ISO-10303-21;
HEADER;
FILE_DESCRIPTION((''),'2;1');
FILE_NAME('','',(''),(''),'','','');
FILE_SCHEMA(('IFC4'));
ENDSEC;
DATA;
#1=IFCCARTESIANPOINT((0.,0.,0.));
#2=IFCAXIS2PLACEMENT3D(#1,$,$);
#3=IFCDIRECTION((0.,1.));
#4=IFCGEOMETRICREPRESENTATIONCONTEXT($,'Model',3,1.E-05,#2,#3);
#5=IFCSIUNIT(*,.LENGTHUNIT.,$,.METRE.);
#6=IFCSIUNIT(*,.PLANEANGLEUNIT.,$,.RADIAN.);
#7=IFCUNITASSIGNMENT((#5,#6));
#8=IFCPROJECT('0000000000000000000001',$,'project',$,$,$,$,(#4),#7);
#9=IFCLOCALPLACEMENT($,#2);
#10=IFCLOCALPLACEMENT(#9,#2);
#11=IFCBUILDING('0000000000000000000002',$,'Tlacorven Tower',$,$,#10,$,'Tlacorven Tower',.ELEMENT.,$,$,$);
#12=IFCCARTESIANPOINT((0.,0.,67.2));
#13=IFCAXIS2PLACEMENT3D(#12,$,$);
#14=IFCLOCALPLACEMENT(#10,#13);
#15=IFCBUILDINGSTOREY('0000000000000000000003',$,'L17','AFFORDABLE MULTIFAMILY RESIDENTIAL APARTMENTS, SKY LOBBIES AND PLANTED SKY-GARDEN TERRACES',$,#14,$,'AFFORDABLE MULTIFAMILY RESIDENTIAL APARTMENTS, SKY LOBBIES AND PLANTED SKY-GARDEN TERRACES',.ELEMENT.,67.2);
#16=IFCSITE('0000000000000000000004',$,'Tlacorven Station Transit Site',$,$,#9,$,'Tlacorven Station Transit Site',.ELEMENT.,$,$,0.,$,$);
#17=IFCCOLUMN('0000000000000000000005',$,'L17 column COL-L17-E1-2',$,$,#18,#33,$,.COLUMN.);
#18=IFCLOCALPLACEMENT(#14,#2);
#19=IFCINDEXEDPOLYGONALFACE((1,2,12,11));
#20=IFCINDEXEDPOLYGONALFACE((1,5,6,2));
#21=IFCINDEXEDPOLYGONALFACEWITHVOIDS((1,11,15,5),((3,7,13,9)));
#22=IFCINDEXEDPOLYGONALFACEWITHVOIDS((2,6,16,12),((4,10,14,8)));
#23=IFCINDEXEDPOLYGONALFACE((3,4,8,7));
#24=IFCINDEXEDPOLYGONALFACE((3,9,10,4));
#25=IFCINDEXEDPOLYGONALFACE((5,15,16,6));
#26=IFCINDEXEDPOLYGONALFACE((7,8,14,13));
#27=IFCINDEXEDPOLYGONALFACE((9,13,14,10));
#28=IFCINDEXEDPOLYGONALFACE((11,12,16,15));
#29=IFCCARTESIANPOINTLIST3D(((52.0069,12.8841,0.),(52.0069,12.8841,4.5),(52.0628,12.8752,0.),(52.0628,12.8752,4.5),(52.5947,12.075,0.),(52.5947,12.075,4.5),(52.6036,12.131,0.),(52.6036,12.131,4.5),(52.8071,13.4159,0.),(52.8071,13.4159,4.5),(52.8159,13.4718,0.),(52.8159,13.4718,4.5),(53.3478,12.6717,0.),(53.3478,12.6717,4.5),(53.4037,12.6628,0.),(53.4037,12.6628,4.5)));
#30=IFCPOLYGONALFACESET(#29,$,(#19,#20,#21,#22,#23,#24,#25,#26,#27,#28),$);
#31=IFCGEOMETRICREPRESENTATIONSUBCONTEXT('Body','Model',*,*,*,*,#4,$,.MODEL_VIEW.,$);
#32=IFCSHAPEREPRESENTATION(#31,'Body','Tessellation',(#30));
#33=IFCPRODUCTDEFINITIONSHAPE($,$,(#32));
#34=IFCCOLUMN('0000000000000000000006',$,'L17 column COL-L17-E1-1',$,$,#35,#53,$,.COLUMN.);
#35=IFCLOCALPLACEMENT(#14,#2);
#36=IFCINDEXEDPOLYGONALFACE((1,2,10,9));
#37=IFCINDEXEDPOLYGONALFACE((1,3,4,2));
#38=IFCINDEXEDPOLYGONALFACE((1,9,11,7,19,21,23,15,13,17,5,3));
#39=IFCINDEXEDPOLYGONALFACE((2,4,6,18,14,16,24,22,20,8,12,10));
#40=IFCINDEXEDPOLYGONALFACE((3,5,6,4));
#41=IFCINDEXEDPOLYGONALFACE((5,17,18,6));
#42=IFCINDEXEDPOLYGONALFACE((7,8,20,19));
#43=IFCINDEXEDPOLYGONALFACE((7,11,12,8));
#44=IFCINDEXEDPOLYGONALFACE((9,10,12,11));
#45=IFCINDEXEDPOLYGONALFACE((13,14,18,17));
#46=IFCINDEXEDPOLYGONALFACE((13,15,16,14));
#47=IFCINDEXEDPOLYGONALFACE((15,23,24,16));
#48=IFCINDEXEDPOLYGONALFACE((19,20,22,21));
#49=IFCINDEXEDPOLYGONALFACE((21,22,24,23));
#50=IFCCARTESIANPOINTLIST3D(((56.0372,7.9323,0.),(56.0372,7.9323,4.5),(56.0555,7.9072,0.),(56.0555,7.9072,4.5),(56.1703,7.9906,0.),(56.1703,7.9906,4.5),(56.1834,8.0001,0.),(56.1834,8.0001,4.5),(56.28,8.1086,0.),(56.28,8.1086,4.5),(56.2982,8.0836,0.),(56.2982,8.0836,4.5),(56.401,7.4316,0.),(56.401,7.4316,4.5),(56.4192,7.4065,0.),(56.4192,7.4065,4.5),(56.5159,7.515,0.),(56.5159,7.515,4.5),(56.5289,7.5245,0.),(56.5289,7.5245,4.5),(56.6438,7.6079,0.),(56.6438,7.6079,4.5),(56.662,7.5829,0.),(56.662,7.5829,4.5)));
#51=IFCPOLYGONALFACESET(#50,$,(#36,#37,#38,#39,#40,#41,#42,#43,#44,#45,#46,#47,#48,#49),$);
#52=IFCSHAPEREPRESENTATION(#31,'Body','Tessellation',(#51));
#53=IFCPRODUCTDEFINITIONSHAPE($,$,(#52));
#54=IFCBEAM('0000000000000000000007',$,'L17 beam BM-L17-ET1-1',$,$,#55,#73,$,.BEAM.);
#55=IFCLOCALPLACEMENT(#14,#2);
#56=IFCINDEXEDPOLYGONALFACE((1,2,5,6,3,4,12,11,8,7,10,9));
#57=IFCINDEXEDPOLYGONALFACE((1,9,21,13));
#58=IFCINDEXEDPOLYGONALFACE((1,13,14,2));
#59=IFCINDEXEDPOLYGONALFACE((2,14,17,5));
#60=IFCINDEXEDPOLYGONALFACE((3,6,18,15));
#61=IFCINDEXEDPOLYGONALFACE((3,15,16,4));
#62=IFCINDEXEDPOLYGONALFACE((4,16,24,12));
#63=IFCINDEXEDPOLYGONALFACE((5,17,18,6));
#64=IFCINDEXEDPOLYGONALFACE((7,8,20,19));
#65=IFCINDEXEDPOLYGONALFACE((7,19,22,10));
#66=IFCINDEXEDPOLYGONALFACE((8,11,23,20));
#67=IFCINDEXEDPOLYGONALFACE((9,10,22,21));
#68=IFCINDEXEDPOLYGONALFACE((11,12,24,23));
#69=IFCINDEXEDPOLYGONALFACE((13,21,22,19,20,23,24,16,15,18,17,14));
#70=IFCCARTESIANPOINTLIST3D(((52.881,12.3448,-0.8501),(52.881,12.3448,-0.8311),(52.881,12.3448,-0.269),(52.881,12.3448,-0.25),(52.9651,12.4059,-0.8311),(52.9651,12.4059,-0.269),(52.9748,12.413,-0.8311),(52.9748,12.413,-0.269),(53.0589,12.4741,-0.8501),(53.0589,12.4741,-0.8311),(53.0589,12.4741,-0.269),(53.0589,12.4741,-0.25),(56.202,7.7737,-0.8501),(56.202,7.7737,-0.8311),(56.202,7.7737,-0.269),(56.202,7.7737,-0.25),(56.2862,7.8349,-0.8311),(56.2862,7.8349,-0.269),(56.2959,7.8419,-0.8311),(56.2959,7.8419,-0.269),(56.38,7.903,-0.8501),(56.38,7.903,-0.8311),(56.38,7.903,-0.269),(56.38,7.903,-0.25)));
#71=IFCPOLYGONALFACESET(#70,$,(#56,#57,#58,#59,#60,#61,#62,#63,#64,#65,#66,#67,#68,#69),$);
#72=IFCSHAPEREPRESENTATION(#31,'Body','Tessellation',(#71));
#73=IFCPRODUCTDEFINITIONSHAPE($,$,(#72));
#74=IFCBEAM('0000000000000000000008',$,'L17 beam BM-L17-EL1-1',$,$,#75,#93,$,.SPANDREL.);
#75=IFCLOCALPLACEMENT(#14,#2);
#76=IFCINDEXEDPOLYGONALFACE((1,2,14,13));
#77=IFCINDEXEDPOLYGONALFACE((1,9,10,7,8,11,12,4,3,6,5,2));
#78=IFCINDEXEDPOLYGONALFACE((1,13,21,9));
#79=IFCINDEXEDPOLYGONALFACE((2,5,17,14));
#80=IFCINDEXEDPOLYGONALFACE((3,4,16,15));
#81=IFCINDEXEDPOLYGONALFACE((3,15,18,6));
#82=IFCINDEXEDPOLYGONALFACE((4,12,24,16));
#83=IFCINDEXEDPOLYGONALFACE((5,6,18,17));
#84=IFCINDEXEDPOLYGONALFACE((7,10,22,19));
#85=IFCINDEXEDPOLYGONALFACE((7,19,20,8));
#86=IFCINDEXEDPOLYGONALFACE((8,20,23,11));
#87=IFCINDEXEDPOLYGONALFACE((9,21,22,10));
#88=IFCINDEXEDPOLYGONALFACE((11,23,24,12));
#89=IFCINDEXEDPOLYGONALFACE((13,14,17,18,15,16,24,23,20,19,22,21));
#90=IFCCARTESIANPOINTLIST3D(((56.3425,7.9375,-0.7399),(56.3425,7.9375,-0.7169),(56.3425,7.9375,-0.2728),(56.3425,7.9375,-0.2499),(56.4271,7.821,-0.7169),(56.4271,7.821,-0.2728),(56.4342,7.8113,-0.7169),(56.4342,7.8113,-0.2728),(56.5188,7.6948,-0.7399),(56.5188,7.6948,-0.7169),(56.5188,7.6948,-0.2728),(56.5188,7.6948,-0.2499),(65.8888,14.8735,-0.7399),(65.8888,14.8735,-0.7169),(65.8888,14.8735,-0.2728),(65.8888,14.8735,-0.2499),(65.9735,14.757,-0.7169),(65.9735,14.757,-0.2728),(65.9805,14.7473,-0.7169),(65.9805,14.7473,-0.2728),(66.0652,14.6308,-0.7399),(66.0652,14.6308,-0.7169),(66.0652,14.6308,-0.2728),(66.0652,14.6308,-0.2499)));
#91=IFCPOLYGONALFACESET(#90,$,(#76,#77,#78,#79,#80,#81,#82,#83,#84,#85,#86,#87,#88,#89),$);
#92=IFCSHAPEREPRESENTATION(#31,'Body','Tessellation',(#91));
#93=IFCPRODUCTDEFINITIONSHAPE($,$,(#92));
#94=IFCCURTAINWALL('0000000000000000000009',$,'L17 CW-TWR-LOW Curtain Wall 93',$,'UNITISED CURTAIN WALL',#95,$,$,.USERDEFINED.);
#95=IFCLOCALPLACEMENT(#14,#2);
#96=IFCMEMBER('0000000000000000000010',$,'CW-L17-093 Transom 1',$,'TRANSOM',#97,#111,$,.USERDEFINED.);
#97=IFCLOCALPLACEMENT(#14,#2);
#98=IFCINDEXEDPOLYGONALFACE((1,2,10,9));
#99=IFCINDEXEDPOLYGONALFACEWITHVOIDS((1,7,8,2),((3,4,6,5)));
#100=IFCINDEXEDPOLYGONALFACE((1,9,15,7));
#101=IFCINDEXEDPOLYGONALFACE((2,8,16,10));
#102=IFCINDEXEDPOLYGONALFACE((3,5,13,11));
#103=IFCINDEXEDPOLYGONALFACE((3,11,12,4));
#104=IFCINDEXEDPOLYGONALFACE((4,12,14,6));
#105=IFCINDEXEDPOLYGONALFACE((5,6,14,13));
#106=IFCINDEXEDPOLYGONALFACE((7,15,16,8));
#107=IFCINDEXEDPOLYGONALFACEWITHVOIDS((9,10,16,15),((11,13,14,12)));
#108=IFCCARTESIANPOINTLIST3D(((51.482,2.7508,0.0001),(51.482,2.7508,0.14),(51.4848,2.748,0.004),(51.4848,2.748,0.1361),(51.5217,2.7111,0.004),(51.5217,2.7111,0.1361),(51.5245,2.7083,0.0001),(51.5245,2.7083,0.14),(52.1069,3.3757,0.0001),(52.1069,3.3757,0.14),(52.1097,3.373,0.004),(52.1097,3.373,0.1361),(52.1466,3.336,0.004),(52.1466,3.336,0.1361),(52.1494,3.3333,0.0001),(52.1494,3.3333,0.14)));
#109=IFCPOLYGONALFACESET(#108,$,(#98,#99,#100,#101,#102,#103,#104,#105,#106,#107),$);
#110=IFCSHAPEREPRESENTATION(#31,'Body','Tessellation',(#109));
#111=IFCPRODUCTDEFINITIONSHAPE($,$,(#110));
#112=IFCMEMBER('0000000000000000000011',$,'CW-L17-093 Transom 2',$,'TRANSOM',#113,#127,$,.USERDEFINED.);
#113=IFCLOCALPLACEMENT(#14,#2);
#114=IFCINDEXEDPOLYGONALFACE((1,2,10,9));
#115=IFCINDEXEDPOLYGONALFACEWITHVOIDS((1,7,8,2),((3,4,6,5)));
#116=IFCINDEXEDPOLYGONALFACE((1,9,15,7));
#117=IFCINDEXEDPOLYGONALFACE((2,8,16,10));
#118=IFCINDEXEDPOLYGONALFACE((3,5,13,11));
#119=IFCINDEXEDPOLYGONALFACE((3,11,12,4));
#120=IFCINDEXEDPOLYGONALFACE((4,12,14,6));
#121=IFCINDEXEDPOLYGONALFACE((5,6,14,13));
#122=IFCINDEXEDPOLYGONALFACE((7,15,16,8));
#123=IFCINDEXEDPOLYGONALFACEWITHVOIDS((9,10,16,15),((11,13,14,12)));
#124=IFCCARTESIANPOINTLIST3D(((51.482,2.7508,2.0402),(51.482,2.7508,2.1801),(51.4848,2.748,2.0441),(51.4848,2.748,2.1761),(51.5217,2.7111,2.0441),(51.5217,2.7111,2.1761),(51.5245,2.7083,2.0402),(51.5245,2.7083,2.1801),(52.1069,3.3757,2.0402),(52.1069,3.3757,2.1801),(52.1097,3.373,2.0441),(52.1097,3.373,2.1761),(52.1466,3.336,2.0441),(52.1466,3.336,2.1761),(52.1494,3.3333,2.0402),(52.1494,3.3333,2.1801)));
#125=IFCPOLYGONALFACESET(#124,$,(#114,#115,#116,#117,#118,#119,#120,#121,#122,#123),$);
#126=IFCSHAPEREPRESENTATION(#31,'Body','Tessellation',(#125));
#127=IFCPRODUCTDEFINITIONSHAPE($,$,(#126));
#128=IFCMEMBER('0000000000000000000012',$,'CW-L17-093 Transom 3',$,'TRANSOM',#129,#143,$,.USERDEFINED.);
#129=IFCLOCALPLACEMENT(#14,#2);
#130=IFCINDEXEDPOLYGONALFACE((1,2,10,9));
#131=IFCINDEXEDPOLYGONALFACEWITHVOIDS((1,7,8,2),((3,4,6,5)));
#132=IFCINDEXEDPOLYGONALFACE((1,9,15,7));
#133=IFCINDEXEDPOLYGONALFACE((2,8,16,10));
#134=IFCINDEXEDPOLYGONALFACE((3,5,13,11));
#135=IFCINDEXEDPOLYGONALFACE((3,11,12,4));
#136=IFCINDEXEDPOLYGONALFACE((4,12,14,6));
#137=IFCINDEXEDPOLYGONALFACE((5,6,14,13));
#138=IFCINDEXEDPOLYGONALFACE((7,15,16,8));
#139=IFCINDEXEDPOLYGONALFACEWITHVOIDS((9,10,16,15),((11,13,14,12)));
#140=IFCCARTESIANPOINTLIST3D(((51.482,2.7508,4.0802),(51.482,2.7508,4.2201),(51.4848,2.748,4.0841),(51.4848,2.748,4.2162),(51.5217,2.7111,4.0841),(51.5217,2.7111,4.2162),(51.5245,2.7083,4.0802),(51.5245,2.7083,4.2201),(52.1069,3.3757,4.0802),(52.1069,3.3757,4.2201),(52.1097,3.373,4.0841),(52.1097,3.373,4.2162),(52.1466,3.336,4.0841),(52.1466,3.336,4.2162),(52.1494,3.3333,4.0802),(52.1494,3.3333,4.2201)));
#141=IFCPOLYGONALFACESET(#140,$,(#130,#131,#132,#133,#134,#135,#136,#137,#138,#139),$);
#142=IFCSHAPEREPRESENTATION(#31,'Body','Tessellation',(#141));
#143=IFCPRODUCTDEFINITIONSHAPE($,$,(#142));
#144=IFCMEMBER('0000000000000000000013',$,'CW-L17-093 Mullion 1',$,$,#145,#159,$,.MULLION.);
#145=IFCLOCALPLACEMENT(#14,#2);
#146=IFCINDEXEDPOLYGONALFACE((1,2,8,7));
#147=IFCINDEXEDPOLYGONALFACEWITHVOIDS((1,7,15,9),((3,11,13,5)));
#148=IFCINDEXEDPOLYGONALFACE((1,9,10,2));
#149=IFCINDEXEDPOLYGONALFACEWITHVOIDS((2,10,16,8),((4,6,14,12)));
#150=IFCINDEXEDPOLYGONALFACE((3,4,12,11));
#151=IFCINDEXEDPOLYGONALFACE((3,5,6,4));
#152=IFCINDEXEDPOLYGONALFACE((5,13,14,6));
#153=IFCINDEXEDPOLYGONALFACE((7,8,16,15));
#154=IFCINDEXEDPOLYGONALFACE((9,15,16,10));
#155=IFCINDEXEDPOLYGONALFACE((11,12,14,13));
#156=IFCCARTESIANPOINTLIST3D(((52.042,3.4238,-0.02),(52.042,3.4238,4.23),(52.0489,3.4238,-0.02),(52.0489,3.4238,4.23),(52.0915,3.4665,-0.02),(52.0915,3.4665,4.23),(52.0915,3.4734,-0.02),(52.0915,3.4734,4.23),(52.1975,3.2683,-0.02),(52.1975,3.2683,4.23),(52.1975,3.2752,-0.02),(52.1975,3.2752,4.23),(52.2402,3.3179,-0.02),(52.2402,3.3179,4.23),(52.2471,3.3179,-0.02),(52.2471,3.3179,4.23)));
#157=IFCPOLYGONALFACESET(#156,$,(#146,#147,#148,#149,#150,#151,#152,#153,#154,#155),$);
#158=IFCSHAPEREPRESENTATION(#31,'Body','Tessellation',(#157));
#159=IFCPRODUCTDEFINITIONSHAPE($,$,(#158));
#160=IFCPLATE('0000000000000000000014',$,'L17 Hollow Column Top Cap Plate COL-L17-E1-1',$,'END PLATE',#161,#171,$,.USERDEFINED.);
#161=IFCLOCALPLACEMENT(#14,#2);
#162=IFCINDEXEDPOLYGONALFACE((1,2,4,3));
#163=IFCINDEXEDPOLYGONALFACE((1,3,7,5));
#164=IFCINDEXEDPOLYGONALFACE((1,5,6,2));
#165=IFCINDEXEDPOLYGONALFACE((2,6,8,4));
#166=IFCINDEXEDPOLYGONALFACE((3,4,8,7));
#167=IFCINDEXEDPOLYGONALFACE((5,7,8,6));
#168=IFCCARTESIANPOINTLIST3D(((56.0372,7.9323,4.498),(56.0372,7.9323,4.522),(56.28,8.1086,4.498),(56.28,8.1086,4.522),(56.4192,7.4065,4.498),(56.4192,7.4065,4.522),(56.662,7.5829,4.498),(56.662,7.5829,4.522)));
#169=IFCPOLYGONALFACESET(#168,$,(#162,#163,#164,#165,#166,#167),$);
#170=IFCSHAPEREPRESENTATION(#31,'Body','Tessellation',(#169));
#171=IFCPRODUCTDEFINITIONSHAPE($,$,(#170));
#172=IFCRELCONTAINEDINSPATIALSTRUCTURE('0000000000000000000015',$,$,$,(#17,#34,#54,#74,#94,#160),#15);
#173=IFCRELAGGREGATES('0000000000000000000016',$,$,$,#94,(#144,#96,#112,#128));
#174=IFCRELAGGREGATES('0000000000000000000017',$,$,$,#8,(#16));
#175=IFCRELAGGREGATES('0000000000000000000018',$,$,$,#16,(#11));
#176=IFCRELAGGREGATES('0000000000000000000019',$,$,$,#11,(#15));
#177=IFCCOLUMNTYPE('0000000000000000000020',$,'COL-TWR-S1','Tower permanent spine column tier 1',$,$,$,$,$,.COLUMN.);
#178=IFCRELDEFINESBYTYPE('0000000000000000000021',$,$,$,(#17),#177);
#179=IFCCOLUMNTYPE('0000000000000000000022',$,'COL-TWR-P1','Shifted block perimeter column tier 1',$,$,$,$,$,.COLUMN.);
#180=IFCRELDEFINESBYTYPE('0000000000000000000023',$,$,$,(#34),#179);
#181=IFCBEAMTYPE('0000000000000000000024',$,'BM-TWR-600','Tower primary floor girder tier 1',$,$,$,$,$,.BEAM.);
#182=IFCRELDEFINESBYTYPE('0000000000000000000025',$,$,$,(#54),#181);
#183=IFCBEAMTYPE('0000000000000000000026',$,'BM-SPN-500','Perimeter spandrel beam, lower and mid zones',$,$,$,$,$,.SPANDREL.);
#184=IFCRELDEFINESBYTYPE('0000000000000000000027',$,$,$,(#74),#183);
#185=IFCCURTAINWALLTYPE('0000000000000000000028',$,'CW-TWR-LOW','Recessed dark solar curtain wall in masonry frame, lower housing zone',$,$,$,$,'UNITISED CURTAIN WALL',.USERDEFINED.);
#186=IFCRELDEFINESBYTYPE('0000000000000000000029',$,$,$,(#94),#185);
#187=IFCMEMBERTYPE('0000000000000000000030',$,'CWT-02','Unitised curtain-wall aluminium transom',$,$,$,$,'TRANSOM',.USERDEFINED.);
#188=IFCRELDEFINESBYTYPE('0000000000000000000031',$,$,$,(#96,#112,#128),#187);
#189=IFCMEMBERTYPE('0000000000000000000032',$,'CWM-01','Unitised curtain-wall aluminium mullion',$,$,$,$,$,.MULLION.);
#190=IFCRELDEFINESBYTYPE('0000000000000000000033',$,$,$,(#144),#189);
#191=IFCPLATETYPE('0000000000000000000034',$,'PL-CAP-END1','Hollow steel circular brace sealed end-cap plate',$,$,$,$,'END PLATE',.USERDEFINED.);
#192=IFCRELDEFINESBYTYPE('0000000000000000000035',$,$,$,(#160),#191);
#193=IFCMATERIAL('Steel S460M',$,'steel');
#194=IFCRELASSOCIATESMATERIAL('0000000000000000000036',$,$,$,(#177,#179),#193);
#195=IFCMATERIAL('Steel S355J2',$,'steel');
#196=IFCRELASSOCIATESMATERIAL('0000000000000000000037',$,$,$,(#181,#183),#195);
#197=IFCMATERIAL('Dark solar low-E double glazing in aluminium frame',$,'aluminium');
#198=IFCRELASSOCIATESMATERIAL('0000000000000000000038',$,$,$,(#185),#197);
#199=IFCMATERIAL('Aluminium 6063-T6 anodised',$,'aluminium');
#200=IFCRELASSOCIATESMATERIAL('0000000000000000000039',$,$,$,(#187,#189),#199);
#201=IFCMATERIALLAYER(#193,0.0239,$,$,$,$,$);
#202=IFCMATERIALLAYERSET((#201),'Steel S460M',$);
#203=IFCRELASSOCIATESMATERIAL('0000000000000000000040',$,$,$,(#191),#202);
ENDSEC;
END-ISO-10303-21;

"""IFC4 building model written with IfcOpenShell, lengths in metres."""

from ifc_helpers import new_model, si_unit, direction, frame, origin, origin_2d, place, context, subcontext, project, spatial, rectangle, hollow_rectangle, i_section, extrude, source, transform, mapped, material, layer, layer_set, material_profile, profile_set, type_object, element, aggregate, save


model = new_model("IFC4")

# Units and contexts
model_context = context("Model", 3, precision=1e-05, world=origin(), true_north=direction((0.0, 1.0)))
body_context = subcontext(model_context, "Body", "Model", "MODEL_VIEW")
ifc_project = project(units=[si_unit("LENGTHUNIT", "METRE"), si_unit("PLANEANGLEUNIT", "RADIAN")], contexts=[model_context])

# Site, building, storey
site_placement = place(None, origin())
site = spatial("IfcSite", under=ifc_project, at=site_placement, Name="Tlacorven Station Transit Site", LongName="Tlacorven Station Transit Site", CompositionType="ELEMENT", RefElevation=0.0)
building_placement = place(site_placement, origin())
building = spatial("IfcBuilding", under=site, at=building_placement, Name="Tlacorven Tower", LongName="Tlacorven Tower", CompositionType="ELEMENT")
storey_placement = place(building_placement, frame((0.0, 0.0, 67.2)))
storey = spatial("IfcBuildingStorey", under=building, at=storey_placement, Name="L17", Description="AFFORDABLE MULTIFAMILY RESIDENTIAL APARTMENTS, SKY LOBBIES AND PLANTED SKY-GARDEN TERRACES", LongName="AFFORDABLE MULTIFAMILY RESIDENTIAL APARTMENTS, SKY LOBBIES AND PLANTED SKY-GARDEN TERRACES", CompositionType="ELEMENT", Elevation=67.2)

# Columns
ifc_material_1 = material(Name="Steel S460M", Category="steel")
ifc_material_profile_1 = material_profile(ifc_material_1, hollow_rectangle(XDim=1.0, YDim=1.0, WallThickness=0.04, at=origin_2d()), Name="BOX 1000X1000X40")
ifc_profile_set_1 = profile_set([ifc_material_profile_1], Name="Steel S460M")
column_type_1 = type_object("IfcColumnType", Name="COL-TWR-S1", Description="Tower permanent spine column tier 1", PredefinedType="COLUMN", material=ifc_profile_set_1)
shared_shape_1 = source(origin(), body_context, "Body", "SweptSolid", [
    extrude(hollow_rectangle(XDim=1.0, YDim=1.0, WallThickness=0.04, at=origin_2d()), origin(), (0.0, 0.0, 1.0), 4.5),
])
column_1_placement = place(storey_placement, frame((52.7053, 12.7734, 0.0), z_axis=(0.0, 0.0, 1.0), x_axis=(0.809017, 0.587785, 0.0)))
element("IfcColumn", 1, at=column_1_placement, inside=storey, type_object=column_type_1, Name="L17 column COL-L17-E1-2", PredefinedType="COLUMN", context=body_context, shape_type="MappedRepresentation", body=[
    mapped(shared_shape_1, transform((0.0, 0.0, 0.0), scale=1.0)),
])
ifc_material_profile_2 = material_profile(ifc_material_1, i_section(OverallWidth=0.3, OverallDepth=0.6499, WebThickness=0.0161, FlangeThickness=0.031, at=origin_2d()), Name="HEB 650")
ifc_profile_set_2 = profile_set([ifc_material_profile_2], Name="Steel S460M")
column_type_2 = type_object("IfcColumnType", Name="COL-TWR-P1", Description="Shifted block perimeter column tier 1", PredefinedType="COLUMN", material=ifc_profile_set_2)
shared_shape_2 = source(origin(), body_context, "Body", "SweptSolid", [
    extrude(i_section(OverallWidth=0.3, OverallDepth=0.6499, WebThickness=0.0161, FlangeThickness=0.031, at=origin_2d()), origin(), (0.0, 0.0, 1.0), 4.5),
])
column_2_placement = place(storey_placement, frame((56.3496, 7.7576, 0.0), z_axis=(0.0, 0.0, 1.0), x_axis=(0.809017, 0.587785, 0.0)))
element("IfcColumn", 2, at=column_2_placement, inside=storey, type_object=column_type_2, Name="L17 column COL-L17-E1-1", PredefinedType="COLUMN", context=body_context, shape_type="MappedRepresentation", body=[
    mapped(shared_shape_2, transform((0.0, 0.0, 0.0), scale=1.0)),
])

# Beams
ifc_material_2 = material(Name="Steel S355J2", Category="steel")
ifc_material_profile_3 = material_profile(ifc_material_2, i_section(OverallWidth=0.22, OverallDepth=0.6001, WebThickness=0.012, FlangeThickness=0.019, at=origin_2d()), Name="IPE 600")
ifc_profile_set_3 = profile_set([ifc_material_profile_3], Name="Steel S355J2")
beam_type_1 = type_object("IfcBeamType", Name="BM-TWR-600", Description="Tower primary floor girder tier 1", PredefinedType="BEAM", material=ifc_profile_set_3)
shared_shape_3 = source(origin(), body_context, "Body", "SweptSolid", [
    extrude(i_section(OverallWidth=0.22, OverallDepth=0.6001, WebThickness=0.012, FlangeThickness=0.019, at=origin_2d()), origin(), (0.0, 0.0, 1.0), 5.6501),
])
beam_1_placement = place(storey_placement, frame((56.291, 7.8384, -0.55), z_axis=(-0.587784, 0.809018, 0.0), x_axis=(-0.809018, -0.587784, 0.0)))
element("IfcBeam", 3, at=beam_1_placement, inside=storey, type_object=beam_type_1, Name="L17 beam BM-L17-ET1-1", PredefinedType="BEAM", context=body_context, shape_type="MappedRepresentation", body=[
    mapped(shared_shape_3, transform((0.0, 0.0, 0.0), scale=1.0)),
])
ifc_material_profile_4 = material_profile(ifc_material_2, i_section(OverallWidth=0.3, OverallDepth=0.49, WebThickness=0.012, FlangeThickness=0.0229, at=origin_2d()), Name="HEA 500")
ifc_profile_set_4 = profile_set([ifc_material_profile_4], Name="Steel S355J2")
beam_type_2 = type_object("IfcBeamType", Name="BM-SPN-500", Description="Perimeter spandrel beam, lower and mid zones", PredefinedType="SPANDREL", material=ifc_profile_set_4)
shared_shape_4 = source(origin(), body_context, "Body", "SweptSolid", [
    extrude(i_section(OverallWidth=0.3, OverallDepth=0.49, WebThickness=0.012, FlangeThickness=0.0229, at=origin_2d()), origin(), (0.0, 0.0, 1.0), 11.8),
])
beam_2_placement = place(storey_placement, frame((56.4307, 7.8162, -0.4949), z_axis=(0.80901, 0.587795, 0.0), x_axis=(-0.587795, 0.80901, 0.0)))
element("IfcBeam", 4, at=beam_2_placement, inside=storey, type_object=beam_type_2, Name="L17 beam BM-L17-EL1-1", PredefinedType="SPANDREL", context=body_context, shape_type="MappedRepresentation", body=[
    mapped(shared_shape_4, transform((0.0, 0.0, 0.0), scale=1.0)),
])

# Curtain wall, members
ifc_material_3 = material(Name="Dark solar low-E double glazing in aluminium frame", Category="aluminium")
curtain_wall_type = type_object("IfcCurtainWallType", Name="CW-TWR-LOW", Description="Recessed dark solar curtain wall in masonry frame, lower housing zone", ElementType="UNITISED CURTAIN WALL", PredefinedType="USERDEFINED", material=ifc_material_3)
curtain_wall_placement = place(storey_placement, origin())
curtain_wall = element("IfcCurtainWall", 5, at=curtain_wall_placement, inside=storey, type_object=curtain_wall_type, Name="L17 CW-TWR-LOW Curtain Wall 93", ObjectType="UNITISED CURTAIN WALL", PredefinedType="USERDEFINED")
ifc_material_4 = material(Name="Aluminium 6063-T6 anodised", Category="aluminium")
ifc_material_profile_5 = material_profile(ifc_material_4, hollow_rectangle(XDim=0.0601, YDim=0.1399, WallThickness=0.0039, at=origin_2d()), Name="ALU TRANSOM 60X140")
ifc_profile_set_5 = profile_set([ifc_material_profile_5], Name="Aluminium 6063-T6 anodised")
member_type_1 = type_object("IfcMemberType", Name="CWT-02", Description="Unitised curtain-wall aluminium transom", ElementType="TRANSOM", PredefinedType="USERDEFINED", material=ifc_profile_set_5)
shared_shape_5 = source(origin(), body_context, "Body", "SweptSolid", [
    extrude(hollow_rectangle(XDim=0.0601, YDim=0.1399, WallThickness=0.0039, at=origin_2d()), origin(), (0.0, 0.0, 1.0), 0.8838),
])
member_1_placement = place(storey_placement, frame((52.1282, 3.3545, 0.0701), z_axis=(-0.707107, -0.707107, 0.0), x_axis=(0.707107, -0.707107, 0.0)))
member_1 = element("IfcMember", 6, at=member_1_placement, type_object=member_type_1, Name="CW-L17-093 Transom 1", ObjectType="TRANSOM", PredefinedType="USERDEFINED", context=body_context, shape_type="MappedRepresentation", body=[
    mapped(shared_shape_5, transform((0.0, 0.0, 0.0), scale=1.0)),
])
member_2_placement = place(storey_placement, frame((52.1282, 3.3545, 2.1101), z_axis=(-0.707107, -0.707107, 0.0), x_axis=(0.707107, -0.707107, 0.0)))
member_2 = element("IfcMember", 7, at=member_2_placement, type_object=member_type_1, Name="CW-L17-093 Transom 2", ObjectType="TRANSOM", PredefinedType="USERDEFINED", context=body_context, shape_type="MappedRepresentation", body=[
    mapped(shared_shape_5, transform((0.0, 0.0, 0.0), scale=1.0)),
])
member_3_placement = place(storey_placement, frame((52.1282, 3.3545, 4.1501), z_axis=(-0.707107, -0.707107, 0.0), x_axis=(0.707107, -0.707107, 0.0)))
member_3 = element("IfcMember", 8, at=member_3_placement, type_object=member_type_1, Name="CW-L17-093 Transom 3", ObjectType="TRANSOM", PredefinedType="USERDEFINED", context=body_context, shape_type="MappedRepresentation", body=[
    mapped(shared_shape_5, transform((0.0, 0.0, 0.0), scale=1.0)),
])
ifc_material_profile_6 = material_profile(ifc_material_4, hollow_rectangle(XDim=0.0701, YDim=0.22, WallThickness=0.0049, at=origin_2d()), Name="ALU MULLION 70X220")
ifc_profile_set_6 = profile_set([ifc_material_profile_6], Name="Aluminium 6063-T6 anodised")
member_type_2 = type_object("IfcMemberType", Name="CWM-01", Description="Unitised curtain-wall aluminium mullion", PredefinedType="MULLION", material=ifc_profile_set_6)
shared_shape_6 = source(origin(), body_context, "Body", "SweptSolid", [
    extrude(hollow_rectangle(XDim=0.0701, YDim=0.22, WallThickness=0.0049, at=origin_2d()), origin(), (0.0, 0.0, 1.0), 4.25),
])
member_4_placement = place(storey_placement, frame((52.1445, 3.3708, -0.02), z_axis=(0.0, 0.0, 1.0), x_axis=(-0.707107, -0.707107, 0.0)))
member_4 = element("IfcMember", 9, at=member_4_placement, type_object=member_type_2, Name="CW-L17-093 Mullion 1", PredefinedType="MULLION", context=body_context, shape_type="MappedRepresentation", body=[
    mapped(shared_shape_6, transform((0.0, 0.0, 0.0), scale=1.0)),
])
aggregate(curtain_wall, [member_4, member_1, member_2, member_3])

# Plate
ifc_layer_1 = layer(ifc_material_1, 0.0239)
ifc_layer_set_1 = layer_set([ifc_layer_1], Name="Steel S460M")
plate_type = type_object("IfcPlateType", Name="PL-CAP-END1", Description="Hollow steel circular brace sealed end-cap plate", ElementType="END PLATE", PredefinedType="USERDEFINED", material=ifc_layer_set_1)
shared_shape_7 = source(origin(), body_context, "Body", "SweptSolid", [
    extrude(rectangle(XDim=0.3, YDim=0.6499, at=origin_2d()), origin(), (0.0, 0.0, 1.0), 0.0239),
])
plate_placement = place(storey_placement, frame((56.3496, 7.7576, 4.498), z_axis=(0.0, 0.0, 1.0), x_axis=(0.809017, 0.587785, 0.0)))
element("IfcPlate", 10, at=plate_placement, inside=storey, type_object=plate_type, Name="L17 Hollow Column Top Cap Plate COL-L17-E1-1", ObjectType="END PLATE", PredefinedType="USERDEFINED", context=body_context, shape_type="MappedRepresentation", body=[
    mapped(shared_shape_7, transform((0.0, 0.0, 0.0), scale=1.0)),
])

save(model, "model.ifc")
